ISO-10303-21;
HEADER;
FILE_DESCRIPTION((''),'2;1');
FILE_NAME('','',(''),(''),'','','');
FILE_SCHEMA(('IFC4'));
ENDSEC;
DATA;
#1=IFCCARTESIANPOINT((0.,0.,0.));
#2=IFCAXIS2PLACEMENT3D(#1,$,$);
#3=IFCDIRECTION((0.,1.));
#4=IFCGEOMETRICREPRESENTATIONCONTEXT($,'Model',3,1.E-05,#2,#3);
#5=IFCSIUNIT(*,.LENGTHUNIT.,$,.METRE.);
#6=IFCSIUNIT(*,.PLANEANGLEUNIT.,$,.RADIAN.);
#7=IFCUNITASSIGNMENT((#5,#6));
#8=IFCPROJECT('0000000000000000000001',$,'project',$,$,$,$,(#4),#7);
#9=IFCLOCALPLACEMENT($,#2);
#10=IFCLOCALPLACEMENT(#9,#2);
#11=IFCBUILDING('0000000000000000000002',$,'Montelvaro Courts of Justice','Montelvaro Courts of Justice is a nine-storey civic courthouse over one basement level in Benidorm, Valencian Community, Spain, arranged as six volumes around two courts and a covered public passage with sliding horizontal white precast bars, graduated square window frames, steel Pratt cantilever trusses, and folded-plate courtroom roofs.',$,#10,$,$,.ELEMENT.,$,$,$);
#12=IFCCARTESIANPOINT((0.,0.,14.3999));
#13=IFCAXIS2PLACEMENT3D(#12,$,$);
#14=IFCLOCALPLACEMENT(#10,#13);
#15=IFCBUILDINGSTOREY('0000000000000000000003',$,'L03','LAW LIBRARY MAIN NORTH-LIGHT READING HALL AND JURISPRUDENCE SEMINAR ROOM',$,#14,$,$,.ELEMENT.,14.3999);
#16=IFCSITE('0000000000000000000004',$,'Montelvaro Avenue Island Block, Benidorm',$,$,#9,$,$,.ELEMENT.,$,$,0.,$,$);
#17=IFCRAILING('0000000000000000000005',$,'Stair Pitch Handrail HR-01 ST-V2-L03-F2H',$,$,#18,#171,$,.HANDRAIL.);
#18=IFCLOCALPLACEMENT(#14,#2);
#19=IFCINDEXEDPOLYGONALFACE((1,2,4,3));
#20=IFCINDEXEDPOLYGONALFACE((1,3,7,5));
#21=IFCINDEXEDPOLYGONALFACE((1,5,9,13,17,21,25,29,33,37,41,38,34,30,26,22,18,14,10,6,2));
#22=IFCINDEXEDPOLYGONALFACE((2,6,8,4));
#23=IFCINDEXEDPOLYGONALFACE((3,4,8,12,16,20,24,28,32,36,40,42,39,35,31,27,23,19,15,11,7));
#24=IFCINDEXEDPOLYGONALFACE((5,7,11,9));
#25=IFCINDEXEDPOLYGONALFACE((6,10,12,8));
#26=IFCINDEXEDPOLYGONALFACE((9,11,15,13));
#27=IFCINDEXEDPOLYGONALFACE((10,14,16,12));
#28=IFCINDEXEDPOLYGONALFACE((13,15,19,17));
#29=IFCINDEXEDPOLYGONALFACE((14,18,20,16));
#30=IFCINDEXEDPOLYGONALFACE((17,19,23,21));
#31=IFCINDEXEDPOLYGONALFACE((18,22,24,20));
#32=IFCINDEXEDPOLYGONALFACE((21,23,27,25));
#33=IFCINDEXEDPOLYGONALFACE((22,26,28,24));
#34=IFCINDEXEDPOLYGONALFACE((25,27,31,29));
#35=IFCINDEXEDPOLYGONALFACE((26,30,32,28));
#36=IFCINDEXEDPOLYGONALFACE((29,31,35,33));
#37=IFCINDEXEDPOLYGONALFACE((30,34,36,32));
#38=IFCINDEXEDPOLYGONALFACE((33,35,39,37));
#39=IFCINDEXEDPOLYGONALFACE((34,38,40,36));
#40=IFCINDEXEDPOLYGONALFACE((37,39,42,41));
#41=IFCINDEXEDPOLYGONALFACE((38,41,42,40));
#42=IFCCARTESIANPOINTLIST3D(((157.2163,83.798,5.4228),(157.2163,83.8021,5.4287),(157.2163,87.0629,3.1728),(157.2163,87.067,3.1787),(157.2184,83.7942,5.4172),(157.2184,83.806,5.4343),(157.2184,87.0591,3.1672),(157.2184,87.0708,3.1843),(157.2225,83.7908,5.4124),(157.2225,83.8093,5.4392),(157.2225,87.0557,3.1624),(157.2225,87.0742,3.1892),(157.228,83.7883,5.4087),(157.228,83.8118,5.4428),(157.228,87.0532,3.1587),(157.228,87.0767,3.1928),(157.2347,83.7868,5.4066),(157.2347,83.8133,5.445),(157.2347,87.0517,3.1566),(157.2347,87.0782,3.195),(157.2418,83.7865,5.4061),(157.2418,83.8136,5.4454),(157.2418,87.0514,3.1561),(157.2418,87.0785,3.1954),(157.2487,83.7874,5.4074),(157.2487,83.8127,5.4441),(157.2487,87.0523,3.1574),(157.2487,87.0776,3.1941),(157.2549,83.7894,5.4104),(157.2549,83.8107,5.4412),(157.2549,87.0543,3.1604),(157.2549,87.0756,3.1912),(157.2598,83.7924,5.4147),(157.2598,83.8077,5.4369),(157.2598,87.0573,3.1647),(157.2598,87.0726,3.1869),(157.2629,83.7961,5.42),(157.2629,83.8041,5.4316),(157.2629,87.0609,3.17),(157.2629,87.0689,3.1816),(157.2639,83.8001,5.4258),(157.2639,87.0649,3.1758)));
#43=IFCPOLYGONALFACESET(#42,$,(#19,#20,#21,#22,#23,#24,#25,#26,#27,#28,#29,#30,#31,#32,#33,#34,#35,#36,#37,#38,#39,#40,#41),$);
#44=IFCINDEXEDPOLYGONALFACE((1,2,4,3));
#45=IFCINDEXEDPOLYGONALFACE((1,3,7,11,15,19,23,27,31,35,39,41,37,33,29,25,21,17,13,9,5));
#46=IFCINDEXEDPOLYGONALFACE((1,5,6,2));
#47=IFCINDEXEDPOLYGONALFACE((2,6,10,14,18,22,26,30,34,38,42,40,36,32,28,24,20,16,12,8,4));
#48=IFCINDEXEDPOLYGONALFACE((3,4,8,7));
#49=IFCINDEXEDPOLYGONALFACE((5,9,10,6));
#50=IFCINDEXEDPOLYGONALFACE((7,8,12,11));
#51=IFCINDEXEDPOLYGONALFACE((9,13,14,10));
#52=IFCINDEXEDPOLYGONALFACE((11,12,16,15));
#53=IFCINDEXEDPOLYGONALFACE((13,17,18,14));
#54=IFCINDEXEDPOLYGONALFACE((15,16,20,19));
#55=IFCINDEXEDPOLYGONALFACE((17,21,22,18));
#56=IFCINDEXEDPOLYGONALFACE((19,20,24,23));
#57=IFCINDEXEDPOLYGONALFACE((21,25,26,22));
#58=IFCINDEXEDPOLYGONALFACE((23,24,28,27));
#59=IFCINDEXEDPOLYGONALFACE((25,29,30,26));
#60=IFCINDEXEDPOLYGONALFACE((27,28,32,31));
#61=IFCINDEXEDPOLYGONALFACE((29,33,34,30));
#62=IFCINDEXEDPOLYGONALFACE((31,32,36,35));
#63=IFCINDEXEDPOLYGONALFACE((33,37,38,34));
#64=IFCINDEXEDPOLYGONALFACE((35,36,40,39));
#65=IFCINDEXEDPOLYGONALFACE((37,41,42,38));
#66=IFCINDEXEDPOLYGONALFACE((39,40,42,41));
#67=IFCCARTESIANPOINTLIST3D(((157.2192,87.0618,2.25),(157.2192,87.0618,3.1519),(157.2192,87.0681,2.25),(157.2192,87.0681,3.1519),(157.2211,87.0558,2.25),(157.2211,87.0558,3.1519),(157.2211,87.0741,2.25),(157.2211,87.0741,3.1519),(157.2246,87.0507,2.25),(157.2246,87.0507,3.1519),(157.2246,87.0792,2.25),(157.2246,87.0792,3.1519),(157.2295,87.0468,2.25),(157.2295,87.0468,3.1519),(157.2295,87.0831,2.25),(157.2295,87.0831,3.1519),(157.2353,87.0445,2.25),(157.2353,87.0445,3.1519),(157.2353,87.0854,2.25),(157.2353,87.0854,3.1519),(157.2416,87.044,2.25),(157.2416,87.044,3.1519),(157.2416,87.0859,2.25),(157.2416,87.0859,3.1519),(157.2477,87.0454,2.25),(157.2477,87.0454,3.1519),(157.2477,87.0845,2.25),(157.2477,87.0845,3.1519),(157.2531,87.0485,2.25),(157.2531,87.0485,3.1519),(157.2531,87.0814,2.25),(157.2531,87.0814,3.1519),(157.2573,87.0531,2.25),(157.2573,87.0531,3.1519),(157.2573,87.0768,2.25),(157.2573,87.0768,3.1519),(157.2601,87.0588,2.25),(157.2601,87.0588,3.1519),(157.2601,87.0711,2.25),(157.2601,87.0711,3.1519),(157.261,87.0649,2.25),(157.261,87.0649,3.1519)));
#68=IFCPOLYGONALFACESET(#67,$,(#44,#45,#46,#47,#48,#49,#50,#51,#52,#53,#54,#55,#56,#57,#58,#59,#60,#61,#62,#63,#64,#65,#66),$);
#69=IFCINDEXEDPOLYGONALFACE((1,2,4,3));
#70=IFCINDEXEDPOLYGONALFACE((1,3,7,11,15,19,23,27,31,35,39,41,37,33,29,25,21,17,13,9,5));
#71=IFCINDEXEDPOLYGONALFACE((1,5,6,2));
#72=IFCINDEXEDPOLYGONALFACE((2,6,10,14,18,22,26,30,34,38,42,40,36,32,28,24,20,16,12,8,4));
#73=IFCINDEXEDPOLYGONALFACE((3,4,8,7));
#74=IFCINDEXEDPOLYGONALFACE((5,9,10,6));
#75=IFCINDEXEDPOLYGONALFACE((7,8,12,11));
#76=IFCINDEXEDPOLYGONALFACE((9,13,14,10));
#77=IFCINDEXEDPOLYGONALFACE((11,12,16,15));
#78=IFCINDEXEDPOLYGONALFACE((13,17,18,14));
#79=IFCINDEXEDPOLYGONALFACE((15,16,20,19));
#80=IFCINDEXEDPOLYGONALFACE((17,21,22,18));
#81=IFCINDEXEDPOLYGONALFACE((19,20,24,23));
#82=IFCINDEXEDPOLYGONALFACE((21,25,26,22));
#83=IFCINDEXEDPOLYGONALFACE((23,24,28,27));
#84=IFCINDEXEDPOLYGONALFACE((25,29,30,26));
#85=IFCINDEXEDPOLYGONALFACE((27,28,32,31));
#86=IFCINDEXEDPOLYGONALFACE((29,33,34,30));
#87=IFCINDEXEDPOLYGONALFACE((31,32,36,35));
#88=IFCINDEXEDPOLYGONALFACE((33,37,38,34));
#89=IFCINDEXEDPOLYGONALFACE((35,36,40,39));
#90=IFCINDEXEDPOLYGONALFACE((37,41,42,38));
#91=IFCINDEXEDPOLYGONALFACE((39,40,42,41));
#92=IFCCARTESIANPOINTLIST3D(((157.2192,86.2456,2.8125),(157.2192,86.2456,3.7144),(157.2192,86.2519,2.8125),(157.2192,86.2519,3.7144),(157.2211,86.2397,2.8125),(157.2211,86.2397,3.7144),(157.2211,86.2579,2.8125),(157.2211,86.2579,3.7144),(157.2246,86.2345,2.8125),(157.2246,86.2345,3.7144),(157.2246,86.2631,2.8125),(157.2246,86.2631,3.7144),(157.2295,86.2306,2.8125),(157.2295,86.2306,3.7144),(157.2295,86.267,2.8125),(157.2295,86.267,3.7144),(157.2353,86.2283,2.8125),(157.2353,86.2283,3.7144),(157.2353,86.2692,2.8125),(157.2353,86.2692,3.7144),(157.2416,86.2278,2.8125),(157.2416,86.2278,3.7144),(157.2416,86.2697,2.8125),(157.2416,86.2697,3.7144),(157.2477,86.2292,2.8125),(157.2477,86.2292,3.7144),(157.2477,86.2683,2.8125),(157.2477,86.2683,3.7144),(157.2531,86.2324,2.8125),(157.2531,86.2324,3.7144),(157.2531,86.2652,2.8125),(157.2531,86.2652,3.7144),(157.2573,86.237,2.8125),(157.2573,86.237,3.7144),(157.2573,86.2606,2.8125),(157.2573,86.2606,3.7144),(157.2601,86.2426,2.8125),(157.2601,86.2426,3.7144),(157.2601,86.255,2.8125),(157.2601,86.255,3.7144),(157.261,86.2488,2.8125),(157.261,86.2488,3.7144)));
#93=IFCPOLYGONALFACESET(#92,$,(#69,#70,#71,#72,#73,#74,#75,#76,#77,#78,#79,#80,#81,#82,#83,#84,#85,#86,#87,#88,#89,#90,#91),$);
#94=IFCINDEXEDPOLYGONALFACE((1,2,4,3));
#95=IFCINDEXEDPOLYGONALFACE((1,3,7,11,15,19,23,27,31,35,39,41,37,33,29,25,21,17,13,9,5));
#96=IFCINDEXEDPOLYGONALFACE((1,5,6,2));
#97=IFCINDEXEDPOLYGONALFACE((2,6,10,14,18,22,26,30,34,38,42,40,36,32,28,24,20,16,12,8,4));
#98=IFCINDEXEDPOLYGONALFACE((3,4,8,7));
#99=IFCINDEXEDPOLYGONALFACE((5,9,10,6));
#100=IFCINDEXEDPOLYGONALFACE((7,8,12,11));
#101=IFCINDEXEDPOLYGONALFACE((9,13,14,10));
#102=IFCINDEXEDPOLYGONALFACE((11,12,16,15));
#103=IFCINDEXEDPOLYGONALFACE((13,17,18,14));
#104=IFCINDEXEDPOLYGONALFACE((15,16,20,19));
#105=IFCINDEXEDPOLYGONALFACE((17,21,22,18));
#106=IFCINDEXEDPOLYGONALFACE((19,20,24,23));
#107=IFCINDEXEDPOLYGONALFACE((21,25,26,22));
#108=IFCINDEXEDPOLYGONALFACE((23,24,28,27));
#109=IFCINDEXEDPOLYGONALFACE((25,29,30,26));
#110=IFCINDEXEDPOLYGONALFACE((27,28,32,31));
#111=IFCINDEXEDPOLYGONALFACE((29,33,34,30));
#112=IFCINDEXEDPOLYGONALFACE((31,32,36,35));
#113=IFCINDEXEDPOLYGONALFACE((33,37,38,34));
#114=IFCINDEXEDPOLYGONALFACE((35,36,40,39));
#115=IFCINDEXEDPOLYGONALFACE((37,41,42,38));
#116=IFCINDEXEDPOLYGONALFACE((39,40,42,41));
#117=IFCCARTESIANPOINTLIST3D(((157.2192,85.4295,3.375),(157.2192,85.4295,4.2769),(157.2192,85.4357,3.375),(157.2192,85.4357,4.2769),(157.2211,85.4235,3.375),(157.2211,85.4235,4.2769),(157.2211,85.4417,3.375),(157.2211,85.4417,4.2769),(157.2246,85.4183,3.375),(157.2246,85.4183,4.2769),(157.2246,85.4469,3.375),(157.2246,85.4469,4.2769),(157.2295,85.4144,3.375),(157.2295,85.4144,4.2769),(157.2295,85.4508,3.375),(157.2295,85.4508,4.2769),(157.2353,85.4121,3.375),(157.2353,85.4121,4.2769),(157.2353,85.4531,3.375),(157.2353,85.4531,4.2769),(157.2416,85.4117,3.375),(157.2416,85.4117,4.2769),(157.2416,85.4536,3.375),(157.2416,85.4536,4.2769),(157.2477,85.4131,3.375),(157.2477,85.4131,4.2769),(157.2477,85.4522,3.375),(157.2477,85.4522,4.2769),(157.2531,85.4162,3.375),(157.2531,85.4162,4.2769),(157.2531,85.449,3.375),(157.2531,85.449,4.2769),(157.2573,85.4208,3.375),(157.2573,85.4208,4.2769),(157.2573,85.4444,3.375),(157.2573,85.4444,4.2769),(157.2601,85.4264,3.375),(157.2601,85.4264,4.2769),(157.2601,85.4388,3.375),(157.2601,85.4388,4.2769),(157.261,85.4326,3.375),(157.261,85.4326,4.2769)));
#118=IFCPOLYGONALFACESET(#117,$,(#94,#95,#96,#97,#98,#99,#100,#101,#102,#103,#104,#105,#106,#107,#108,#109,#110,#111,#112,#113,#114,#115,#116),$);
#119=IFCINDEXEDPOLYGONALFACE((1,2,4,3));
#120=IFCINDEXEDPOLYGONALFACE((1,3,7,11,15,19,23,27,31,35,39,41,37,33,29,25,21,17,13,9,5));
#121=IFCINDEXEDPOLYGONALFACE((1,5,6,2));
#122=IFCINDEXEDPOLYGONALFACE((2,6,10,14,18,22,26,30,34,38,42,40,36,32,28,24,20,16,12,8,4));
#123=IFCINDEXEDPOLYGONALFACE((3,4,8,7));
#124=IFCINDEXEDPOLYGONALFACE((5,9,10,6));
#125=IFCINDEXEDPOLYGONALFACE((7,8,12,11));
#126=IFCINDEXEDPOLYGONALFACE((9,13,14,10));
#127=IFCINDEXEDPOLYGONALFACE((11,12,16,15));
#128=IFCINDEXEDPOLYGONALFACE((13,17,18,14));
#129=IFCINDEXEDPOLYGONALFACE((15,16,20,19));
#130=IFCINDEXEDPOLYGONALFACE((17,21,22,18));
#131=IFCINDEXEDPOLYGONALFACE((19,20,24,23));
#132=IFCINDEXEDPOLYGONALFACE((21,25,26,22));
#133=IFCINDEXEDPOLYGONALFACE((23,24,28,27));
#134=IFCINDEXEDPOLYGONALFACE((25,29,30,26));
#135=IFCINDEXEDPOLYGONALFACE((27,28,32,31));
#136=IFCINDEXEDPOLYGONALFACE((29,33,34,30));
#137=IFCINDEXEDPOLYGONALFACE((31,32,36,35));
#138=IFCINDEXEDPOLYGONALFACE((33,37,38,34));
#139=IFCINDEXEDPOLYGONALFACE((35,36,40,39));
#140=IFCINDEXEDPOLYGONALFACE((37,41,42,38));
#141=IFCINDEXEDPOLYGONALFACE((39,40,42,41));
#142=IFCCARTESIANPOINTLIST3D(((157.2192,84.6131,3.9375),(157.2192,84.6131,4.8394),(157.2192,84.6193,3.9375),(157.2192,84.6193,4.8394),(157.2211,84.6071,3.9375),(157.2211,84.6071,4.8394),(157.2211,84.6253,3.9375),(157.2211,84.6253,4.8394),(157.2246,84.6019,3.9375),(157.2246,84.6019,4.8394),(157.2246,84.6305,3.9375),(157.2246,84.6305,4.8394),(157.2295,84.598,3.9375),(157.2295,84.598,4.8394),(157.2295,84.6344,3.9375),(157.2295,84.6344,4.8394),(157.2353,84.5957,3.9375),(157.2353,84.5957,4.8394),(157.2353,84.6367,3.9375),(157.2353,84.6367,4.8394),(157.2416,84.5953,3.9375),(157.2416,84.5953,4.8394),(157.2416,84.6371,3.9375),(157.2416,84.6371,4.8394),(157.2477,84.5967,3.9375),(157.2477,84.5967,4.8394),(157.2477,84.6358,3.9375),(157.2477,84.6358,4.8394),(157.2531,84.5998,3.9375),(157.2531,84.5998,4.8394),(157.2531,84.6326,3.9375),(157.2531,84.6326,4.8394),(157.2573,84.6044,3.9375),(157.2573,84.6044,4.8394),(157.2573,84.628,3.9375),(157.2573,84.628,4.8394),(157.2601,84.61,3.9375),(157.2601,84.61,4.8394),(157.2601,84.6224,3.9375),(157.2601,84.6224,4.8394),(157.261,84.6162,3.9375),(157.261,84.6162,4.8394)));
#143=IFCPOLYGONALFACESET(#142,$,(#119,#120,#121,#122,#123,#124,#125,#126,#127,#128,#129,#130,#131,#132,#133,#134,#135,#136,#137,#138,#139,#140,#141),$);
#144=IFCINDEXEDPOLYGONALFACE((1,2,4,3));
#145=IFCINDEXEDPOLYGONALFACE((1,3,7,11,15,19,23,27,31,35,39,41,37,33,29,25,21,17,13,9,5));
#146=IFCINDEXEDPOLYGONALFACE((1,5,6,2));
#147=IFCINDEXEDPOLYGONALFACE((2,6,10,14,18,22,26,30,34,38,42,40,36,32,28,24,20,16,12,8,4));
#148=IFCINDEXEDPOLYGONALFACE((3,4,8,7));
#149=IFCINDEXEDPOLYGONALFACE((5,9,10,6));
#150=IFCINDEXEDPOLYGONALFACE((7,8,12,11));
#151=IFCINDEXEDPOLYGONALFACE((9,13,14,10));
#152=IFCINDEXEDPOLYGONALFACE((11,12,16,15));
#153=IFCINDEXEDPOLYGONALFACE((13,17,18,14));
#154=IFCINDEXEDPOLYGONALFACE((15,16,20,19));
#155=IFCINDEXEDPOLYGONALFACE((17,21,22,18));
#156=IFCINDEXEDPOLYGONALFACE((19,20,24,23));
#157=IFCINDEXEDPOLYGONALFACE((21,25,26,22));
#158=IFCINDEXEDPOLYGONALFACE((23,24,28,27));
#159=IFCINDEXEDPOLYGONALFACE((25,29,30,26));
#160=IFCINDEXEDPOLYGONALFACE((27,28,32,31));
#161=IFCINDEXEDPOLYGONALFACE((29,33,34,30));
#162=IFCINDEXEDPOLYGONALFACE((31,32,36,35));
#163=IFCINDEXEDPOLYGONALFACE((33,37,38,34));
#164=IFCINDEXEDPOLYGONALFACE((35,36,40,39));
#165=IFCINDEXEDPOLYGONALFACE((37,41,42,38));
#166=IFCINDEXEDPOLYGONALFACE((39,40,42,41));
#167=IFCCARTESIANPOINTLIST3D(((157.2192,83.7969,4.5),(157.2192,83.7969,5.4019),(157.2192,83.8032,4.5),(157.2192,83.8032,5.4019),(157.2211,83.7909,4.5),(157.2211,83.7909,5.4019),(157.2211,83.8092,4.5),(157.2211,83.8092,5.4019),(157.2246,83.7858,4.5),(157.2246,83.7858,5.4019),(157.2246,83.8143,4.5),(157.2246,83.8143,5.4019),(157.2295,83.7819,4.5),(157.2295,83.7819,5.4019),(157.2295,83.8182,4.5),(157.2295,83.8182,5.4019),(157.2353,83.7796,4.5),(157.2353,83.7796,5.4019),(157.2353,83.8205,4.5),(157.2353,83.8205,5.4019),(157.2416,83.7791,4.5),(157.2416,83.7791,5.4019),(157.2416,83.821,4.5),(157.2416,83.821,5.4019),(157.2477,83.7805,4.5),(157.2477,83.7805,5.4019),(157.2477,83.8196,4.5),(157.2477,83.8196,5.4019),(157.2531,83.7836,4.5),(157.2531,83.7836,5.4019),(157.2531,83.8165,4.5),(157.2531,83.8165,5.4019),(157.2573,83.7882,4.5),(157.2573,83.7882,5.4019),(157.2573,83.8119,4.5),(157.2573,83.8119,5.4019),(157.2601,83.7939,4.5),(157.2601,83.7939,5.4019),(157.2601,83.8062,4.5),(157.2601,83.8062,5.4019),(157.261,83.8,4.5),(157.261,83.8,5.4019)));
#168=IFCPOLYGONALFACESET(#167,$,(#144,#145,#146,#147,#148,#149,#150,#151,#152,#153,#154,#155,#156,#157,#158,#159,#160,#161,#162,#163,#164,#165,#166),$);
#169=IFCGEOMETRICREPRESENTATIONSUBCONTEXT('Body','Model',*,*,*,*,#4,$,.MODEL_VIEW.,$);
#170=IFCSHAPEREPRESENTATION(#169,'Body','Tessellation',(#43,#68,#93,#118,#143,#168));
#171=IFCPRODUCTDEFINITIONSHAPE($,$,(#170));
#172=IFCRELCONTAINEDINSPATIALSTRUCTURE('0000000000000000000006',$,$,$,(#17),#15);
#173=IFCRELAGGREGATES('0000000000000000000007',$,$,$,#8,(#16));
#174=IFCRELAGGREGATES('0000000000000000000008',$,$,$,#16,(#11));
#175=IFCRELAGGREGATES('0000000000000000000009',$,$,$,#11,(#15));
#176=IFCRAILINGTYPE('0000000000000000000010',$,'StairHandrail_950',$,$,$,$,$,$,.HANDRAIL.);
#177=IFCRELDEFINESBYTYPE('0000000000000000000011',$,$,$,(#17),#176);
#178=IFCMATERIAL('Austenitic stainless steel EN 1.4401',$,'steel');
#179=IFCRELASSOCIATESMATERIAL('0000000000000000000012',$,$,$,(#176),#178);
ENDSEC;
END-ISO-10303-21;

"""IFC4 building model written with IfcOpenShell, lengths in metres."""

from ifc_helpers import new_model, si_unit, direction, frame, origin, origin_2d, place, context, subcontext, project, spatial, circle, extrude, material, type_object, element, save


model = new_model("IFC4")

# Units and contexts
model_context = context("Model", 3, precision=1e-05, world=origin(), true_north=direction((0.0, 1.0)))
body_context = subcontext(model_context, "Body", "Model", "MODEL_VIEW")
ifc_project = project(units=[si_unit("LENGTHUNIT", "METRE"), si_unit("PLANEANGLEUNIT", "RADIAN")], contexts=[model_context])

# Site, building, storey
site_placement = place(None, origin())
site = spatial("IfcSite", under=ifc_project, at=site_placement, Name="Montelvaro Avenue Island Block, Benidorm", CompositionType="ELEMENT", RefElevation=0.0)
building_placement = place(site_placement, origin())
building = spatial("IfcBuilding", under=site, at=building_placement, Name="Montelvaro Courts of Justice", Description="Montelvaro Courts of Justice is a nine-storey civic courthouse over one basement level in Benidorm, Valencian Community, Spain, arranged as six volumes around two courts and a covered public passage with sliding horizontal white precast bars, graduated square window frames, steel Pratt cantilever trusses, and folded-plate courtroom roofs.", CompositionType="ELEMENT")
storey_placement = place(building_placement, frame((0.0, 0.0, 14.3999)))
storey = spatial("IfcBuildingStorey", under=building, at=storey_placement, Name="L03", Description="LAW LIBRARY MAIN NORTH-LIGHT READING HALL AND JURISPRUDENCE SEMINAR ROOM", CompositionType="ELEMENT", Elevation=14.3999)

# Railing
ifc_material_1 = material(Name="Austenitic stainless steel EN 1.4401", Category="steel")
railing_type_1 = type_object("IfcRailingType", Name="StairHandrail_950", PredefinedType="HANDRAIL", material=ifc_material_1)
railing_1_placement = place(storey_placement, frame((157.24, 87.0649, 2.25)))
element("IfcRailing", 1, at=railing_1_placement, inside=storey, type_object=railing_type_1, Name="Stair Pitch Handrail HR-01 ST-V2-L03-F2H", PredefinedType="HANDRAIL", context=body_context, shape_type="SweptSolid", body=[
    extrude(circle(Radius=0.0239, at=origin_2d()), frame((0.0, 0.0, 0.9258), z_axis=(0.0, -0.823407, 0.567451), x_axis=(1.0, 0.0, 0.0)), (0.0, 0.0, 1.0), 3.9651),
    extrude(circle(Radius=0.021, at=origin_2d()), origin(), (0.0, 0.0, 1.0), 0.9019),
    extrude(circle(Radius=0.021, at=origin_2d()), frame((0.0, -0.8162, 0.5625)), (0.0, 0.0, 1.0), 0.9019),
    extrude(circle(Radius=0.021, at=origin_2d()), frame((0.0, -1.6323, 1.125)), (0.0, 0.0, 1.0), 0.9019),
    extrude(circle(Radius=0.021, at=origin_2d()), frame((0.0, -2.4487, 1.6875)), (0.0, 0.0, 1.0), 0.9019),
    extrude(circle(Radius=0.021, at=origin_2d()), frame((0.0, -3.2649, 2.25)), (0.0, 0.0, 1.0), 0.9019),
])

save(model, "model.ifc")
